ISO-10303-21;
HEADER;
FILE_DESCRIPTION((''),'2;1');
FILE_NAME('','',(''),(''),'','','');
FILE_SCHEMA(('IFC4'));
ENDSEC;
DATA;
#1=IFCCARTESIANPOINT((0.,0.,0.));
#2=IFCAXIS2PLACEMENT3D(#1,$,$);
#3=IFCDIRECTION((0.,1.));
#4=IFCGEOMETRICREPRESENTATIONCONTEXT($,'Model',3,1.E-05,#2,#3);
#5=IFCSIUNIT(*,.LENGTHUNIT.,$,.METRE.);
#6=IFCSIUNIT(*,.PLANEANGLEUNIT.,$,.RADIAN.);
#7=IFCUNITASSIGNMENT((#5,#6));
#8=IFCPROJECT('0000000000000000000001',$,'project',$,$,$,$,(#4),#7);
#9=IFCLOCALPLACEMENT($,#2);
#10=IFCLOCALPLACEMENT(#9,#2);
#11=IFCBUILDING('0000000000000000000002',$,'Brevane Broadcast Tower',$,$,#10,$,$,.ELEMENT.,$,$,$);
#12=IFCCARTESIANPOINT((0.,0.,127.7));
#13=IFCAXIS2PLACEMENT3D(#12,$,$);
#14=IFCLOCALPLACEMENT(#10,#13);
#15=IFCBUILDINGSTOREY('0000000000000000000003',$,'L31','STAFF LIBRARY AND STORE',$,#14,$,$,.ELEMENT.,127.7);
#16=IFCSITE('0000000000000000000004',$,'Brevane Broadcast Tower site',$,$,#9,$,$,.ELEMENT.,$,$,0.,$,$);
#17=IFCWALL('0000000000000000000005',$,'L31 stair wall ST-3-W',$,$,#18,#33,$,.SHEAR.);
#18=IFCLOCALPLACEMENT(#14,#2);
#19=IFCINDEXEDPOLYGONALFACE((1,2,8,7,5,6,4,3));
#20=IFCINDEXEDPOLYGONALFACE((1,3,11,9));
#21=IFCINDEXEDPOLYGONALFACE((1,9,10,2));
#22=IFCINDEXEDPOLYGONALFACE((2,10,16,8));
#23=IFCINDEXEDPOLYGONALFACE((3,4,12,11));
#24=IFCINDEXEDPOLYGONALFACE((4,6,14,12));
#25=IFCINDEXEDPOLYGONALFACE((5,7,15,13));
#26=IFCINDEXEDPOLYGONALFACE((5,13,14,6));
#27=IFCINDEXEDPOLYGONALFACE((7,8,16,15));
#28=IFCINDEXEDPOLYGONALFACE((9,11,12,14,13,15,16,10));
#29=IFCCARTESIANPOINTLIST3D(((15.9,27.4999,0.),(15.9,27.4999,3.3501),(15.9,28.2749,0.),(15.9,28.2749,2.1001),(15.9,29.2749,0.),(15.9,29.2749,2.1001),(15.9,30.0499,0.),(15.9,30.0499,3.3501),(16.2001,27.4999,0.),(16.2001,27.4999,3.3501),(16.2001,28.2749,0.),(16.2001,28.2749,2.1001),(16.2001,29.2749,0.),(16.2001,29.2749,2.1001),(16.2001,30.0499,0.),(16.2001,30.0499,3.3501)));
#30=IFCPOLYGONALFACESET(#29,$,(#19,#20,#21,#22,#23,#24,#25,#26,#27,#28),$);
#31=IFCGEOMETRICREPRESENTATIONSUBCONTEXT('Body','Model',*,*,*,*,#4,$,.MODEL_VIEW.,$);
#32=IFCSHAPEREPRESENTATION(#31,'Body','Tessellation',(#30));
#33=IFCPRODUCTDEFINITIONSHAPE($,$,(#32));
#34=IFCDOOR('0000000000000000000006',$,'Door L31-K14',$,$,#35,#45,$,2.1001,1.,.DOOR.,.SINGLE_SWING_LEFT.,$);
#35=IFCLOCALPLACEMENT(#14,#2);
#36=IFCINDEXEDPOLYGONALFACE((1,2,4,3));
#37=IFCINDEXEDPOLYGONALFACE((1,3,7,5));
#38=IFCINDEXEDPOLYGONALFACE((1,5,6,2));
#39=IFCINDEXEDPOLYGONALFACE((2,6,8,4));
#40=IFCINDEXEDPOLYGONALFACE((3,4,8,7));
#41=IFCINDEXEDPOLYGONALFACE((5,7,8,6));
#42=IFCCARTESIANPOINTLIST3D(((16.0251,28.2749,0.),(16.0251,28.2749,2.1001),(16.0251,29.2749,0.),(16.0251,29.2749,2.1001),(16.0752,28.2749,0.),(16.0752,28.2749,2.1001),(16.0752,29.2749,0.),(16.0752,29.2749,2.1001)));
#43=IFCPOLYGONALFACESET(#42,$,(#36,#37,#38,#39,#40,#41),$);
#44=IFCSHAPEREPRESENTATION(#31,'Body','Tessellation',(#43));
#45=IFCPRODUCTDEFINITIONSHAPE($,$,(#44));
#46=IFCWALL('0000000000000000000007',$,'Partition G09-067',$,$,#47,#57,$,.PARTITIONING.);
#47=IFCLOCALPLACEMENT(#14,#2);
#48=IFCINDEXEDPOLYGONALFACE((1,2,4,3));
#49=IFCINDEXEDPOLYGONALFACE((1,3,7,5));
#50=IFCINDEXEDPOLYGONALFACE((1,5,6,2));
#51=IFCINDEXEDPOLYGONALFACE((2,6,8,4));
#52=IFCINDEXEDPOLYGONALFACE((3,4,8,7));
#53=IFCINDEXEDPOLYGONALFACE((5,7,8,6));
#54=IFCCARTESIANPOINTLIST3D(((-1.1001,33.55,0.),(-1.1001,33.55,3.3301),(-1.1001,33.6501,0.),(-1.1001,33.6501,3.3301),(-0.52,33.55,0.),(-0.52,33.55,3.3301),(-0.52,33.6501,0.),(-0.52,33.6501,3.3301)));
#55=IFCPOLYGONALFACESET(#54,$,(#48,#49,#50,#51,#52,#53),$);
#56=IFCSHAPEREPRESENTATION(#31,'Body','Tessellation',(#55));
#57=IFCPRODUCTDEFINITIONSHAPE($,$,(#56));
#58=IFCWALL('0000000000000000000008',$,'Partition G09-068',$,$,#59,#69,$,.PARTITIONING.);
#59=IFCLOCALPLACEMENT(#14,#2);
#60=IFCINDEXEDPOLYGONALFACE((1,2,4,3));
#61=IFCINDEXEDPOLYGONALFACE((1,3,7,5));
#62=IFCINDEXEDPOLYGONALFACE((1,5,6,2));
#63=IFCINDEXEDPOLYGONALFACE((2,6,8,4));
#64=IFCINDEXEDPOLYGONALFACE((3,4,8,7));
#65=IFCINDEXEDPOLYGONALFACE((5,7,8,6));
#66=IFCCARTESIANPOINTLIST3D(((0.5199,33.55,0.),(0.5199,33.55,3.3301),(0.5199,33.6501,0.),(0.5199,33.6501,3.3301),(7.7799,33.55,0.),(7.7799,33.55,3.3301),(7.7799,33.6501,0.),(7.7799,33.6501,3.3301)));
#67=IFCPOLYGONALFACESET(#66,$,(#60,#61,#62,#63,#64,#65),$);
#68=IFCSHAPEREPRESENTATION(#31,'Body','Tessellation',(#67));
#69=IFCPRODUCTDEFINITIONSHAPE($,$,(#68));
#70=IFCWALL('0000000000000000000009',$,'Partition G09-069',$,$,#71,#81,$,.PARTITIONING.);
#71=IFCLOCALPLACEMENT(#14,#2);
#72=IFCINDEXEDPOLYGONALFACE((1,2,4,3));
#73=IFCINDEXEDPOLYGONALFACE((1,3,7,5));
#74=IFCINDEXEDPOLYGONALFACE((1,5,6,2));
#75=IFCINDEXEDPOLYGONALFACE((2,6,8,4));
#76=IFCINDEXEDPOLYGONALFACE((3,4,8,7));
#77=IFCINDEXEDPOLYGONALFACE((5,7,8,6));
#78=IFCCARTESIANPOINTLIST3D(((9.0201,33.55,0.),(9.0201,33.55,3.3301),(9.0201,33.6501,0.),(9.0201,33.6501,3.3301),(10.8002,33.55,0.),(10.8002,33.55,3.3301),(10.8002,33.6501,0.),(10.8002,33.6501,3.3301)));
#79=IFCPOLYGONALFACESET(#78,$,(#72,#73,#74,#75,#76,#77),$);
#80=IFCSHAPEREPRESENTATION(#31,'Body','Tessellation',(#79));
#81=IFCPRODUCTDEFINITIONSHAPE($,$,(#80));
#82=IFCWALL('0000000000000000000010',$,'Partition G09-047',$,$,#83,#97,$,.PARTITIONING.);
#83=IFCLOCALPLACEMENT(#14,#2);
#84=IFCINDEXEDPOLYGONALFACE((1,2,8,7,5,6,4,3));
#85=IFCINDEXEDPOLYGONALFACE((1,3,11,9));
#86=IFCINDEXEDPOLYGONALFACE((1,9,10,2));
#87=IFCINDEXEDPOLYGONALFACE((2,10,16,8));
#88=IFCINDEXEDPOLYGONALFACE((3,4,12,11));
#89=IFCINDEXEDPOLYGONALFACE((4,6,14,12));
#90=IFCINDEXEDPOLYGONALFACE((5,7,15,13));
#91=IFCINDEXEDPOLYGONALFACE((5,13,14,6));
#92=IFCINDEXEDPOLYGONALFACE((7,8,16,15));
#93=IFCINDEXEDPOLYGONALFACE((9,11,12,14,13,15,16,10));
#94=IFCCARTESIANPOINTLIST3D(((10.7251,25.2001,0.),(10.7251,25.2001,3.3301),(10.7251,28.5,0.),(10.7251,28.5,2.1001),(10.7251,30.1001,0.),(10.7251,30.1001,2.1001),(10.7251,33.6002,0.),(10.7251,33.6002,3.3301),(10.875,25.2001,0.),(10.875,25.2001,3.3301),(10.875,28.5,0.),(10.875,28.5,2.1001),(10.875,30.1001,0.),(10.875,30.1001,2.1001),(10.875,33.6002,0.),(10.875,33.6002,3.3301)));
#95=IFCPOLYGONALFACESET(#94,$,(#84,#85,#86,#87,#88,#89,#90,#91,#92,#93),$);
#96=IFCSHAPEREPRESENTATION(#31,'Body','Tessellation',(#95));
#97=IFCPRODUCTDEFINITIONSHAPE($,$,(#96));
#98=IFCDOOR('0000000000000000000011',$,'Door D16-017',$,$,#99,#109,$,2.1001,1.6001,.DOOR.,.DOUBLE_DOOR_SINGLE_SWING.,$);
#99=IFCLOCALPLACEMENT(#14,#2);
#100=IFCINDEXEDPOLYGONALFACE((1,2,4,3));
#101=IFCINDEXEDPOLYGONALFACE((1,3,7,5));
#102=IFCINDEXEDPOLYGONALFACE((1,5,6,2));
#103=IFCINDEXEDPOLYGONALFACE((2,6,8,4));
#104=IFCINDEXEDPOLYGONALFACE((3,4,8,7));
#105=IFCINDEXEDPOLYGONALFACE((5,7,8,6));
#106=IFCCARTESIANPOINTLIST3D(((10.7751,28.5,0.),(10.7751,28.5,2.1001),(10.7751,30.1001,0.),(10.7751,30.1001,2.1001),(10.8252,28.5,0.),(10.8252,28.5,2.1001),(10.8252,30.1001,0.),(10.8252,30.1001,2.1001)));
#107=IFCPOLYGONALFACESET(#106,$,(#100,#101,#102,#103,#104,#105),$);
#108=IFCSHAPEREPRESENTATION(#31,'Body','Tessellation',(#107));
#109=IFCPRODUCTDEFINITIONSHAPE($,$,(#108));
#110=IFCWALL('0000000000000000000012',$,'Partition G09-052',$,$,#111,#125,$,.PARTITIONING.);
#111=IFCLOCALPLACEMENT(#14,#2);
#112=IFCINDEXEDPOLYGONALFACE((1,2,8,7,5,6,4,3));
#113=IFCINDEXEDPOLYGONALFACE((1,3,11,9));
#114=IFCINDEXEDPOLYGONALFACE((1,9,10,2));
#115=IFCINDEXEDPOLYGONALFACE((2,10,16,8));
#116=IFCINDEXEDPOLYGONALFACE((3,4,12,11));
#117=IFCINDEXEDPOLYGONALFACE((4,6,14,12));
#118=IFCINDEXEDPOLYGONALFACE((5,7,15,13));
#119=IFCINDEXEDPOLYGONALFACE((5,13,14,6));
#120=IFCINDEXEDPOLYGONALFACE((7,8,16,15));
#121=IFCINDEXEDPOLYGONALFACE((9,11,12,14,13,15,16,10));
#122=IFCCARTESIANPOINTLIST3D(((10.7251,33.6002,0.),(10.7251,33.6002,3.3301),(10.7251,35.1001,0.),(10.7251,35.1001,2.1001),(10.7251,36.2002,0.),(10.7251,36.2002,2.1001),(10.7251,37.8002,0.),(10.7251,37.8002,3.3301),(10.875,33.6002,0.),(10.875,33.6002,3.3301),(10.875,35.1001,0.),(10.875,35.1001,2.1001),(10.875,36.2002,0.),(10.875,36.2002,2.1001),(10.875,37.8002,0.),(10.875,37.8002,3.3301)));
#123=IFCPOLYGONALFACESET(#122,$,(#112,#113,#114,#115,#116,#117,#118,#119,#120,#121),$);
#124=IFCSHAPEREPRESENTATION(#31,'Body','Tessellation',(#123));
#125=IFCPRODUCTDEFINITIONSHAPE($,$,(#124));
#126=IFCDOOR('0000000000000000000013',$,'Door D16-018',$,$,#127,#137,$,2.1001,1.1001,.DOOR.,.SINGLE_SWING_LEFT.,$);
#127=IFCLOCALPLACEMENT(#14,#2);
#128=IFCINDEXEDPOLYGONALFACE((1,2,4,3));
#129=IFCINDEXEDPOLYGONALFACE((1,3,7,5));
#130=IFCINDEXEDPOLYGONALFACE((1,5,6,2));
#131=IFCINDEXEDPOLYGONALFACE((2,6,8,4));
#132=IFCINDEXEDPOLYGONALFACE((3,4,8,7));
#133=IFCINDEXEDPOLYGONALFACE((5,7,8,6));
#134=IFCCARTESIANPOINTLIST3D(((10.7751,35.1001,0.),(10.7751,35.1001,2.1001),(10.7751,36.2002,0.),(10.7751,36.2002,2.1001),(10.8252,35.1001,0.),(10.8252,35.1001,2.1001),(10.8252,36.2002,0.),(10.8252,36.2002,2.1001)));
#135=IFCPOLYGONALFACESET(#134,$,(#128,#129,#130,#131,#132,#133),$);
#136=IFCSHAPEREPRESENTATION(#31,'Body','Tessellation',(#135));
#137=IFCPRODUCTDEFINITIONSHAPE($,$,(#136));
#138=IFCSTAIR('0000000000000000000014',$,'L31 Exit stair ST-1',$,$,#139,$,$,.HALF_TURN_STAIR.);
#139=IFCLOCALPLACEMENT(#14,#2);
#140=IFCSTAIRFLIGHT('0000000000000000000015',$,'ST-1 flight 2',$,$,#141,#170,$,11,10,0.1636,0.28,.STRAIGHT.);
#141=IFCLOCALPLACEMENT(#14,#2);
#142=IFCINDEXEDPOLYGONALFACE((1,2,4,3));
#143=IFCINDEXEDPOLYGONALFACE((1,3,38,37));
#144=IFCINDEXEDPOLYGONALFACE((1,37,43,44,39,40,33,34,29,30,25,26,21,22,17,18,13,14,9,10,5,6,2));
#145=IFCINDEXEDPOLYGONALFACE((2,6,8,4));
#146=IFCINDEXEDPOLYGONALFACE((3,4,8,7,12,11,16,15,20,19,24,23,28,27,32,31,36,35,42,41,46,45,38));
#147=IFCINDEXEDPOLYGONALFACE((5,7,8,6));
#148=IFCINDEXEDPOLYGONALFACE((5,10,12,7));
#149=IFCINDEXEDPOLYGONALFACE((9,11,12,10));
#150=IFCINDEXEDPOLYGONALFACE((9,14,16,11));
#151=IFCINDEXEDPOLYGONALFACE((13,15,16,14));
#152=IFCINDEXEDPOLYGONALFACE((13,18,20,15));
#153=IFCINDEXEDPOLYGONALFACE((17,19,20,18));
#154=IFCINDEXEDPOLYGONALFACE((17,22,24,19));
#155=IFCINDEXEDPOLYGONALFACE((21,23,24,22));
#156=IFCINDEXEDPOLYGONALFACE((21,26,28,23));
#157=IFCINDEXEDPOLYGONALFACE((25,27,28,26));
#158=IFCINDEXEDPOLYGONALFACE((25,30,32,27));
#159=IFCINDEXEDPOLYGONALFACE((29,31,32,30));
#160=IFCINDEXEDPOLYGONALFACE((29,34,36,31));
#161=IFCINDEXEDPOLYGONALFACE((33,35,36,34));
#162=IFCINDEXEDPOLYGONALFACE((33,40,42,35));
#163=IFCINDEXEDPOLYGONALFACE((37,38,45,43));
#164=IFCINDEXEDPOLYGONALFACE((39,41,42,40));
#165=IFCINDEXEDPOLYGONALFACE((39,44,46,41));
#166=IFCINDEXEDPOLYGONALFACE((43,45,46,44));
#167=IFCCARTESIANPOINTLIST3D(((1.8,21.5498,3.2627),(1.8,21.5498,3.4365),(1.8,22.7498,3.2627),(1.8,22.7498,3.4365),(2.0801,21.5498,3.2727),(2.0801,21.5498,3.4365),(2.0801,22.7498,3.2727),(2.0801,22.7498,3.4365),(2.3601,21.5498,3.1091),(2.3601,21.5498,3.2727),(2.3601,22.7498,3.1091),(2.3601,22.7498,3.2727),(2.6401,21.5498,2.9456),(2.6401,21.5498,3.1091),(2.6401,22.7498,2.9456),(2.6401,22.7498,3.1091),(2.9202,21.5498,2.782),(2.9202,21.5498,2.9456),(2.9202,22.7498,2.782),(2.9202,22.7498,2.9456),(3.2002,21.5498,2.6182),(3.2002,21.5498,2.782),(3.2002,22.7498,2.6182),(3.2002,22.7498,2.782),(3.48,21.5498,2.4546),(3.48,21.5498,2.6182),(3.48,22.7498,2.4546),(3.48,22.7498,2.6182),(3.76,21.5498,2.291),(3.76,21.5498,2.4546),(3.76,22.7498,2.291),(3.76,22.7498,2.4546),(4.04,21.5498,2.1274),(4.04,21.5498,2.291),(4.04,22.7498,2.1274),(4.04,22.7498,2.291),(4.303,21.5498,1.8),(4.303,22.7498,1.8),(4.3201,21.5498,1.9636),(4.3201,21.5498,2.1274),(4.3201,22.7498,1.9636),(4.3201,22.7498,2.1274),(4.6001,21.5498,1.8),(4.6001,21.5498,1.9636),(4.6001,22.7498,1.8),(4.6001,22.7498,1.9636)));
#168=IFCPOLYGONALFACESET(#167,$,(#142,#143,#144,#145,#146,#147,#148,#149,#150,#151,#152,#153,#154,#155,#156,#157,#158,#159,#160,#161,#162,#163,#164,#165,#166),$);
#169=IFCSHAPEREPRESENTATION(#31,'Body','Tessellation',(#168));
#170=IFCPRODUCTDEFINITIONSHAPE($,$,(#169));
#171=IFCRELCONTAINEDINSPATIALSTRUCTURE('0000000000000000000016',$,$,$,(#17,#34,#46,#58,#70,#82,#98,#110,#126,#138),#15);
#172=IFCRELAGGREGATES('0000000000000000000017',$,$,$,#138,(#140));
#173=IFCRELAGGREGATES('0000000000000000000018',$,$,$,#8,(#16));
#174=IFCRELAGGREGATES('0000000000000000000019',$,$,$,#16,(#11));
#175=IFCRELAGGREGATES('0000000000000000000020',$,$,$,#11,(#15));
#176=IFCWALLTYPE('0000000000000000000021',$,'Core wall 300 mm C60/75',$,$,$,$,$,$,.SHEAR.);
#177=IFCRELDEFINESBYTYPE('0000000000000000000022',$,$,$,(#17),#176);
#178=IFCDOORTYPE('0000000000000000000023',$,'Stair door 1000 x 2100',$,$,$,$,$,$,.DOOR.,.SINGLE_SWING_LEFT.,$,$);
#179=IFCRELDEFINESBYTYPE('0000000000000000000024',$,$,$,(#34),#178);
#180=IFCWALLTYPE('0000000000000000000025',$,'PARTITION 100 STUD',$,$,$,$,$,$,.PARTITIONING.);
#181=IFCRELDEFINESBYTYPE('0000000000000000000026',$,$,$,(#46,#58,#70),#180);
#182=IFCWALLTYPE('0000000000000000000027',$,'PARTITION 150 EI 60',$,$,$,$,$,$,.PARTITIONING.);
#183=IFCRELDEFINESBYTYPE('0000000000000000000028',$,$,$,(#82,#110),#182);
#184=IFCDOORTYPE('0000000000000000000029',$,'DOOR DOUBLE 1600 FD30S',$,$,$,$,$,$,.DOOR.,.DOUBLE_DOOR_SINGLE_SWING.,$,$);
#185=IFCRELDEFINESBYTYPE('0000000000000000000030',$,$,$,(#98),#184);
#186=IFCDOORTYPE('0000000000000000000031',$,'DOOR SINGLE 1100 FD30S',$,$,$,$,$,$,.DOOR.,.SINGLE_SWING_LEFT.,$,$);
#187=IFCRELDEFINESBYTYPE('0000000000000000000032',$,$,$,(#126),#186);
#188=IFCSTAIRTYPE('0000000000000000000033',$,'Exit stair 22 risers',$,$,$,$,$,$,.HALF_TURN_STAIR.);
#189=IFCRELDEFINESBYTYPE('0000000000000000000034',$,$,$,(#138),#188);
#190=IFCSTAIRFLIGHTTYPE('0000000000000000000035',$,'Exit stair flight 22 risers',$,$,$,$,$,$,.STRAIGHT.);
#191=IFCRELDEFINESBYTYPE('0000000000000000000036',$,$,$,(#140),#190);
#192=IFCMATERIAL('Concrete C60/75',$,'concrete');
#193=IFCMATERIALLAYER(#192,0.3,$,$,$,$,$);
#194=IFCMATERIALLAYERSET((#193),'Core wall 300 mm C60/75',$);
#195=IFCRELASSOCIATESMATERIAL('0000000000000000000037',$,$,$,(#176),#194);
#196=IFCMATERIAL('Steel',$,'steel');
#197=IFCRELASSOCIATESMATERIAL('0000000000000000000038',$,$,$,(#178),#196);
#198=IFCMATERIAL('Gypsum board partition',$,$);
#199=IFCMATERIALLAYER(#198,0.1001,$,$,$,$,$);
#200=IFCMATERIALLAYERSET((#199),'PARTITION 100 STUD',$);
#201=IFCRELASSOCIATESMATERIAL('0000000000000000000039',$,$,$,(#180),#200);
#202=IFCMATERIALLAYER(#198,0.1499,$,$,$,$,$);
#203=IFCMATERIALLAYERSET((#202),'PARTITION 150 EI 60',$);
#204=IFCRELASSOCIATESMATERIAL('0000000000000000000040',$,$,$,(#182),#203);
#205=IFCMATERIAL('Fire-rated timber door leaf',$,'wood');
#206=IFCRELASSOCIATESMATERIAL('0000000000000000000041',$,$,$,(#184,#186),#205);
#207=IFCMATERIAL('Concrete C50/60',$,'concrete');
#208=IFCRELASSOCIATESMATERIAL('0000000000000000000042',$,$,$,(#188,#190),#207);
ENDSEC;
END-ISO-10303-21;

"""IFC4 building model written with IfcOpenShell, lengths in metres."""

from ifc_helpers import new_model, si_unit, direction, frame, frame_2d, origin, place, context, subcontext, project, spatial, polyline, rectangle, outline, extrude, material, layer, layer_set, type_object, element, fill, aggregate, save


model = new_model("IFC4")

# Units and contexts
model_context = context("Model", 3, precision=1e-05, world=origin(), true_north=direction((0.0, 1.0)))
body_context = subcontext(model_context, "Body", "Model", "MODEL_VIEW")
ifc_project = project(units=[si_unit("LENGTHUNIT", "METRE"), si_unit("PLANEANGLEUNIT", "RADIAN")], contexts=[model_context])

# Site, building, storey
site_placement = place(None, origin())
site = spatial("IfcSite", under=ifc_project, at=site_placement, Name="Brevane Broadcast Tower site", CompositionType="ELEMENT", RefElevation=0.0)
building_placement = place(site_placement, origin())
building = spatial("IfcBuilding", under=site, at=building_placement, Name="Brevane Broadcast Tower", CompositionType="ELEMENT")
storey_placement = place(building_placement, frame((0.0, 0.0, 127.7)))
storey = spatial("IfcBuildingStorey", under=building, at=storey_placement, Name="L31", Description="STAFF LIBRARY AND STORE", CompositionType="ELEMENT", Elevation=127.7)

# Shared definitions
ifc_material_1 = material(Name="Concrete C60/75", Category="concrete")

# Shared definitions
ifc_layer_1 = layer(ifc_material_1, 0.3)
ifc_layer_set_1 = layer_set([ifc_layer_1], Name="Core wall 300 mm C60/75")
wall_type_1 = type_object("IfcWallType", Name="Core wall 300 mm C60/75", PredefinedType="SHEAR", material=ifc_layer_set_1)
ifc_material_2 = material(Name="Steel", Category="steel")
door_type_1 = type_object("IfcDoorType", Name="Stair door 1000 x 2100", OperationType="SINGLE_SWING_LEFT", PredefinedType="DOOR", material=ifc_material_2)

# Wall, opening, door
wall_1_placement = place(storey_placement, frame((16.05, 27.5, 0.0), z_axis=(0.0, 0.0, 1.0), x_axis=(0.0, 1.0, 0.0)))
wall_1 = element("IfcWall", 1, at=wall_1_placement, inside=storey, type_object=wall_type_1, Name="L31 stair wall ST-3-W", PredefinedType="SHEAR", context=body_context, shape_type="SweptSolid", body=[
    extrude(rectangle(XDim=2.55, YDim=0.3, at=frame_2d((1.2749, 0.0))), origin(), (0.0, 0.0, 1.0), 3.3501),
])
opening_1_placement = place(wall_1_placement, frame((0.7749, 0.0, 0.0)))
opening_1 = element("IfcOpeningElement", 2, at=opening_1_placement, cuts=wall_1, PredefinedType="OPENING", context=body_context, shape_type="SweptSolid", body=[
    extrude(rectangle(XDim=1.0, YDim=2.1001, at=frame_2d((0.5, 1.05))), frame((0.0, 0.1599, 0.0), z_axis=(0.0, -1.0, 0.0), x_axis=(1.0, 0.0, 0.0)), (0.0, 0.0, 1.0), 0.3201),
])
door_1_placement = place(opening_1_placement, origin())
door_1 = element("IfcDoor", 3, at=door_1_placement, inside=storey, type_object=door_type_1, Name="Door L31-K14", OperationType="SINGLE_SWING_LEFT", OverallHeight=2.1001, OverallWidth=1.0, PredefinedType="DOOR", context=body_context, shape_type="SweptSolid", body=[
    extrude(rectangle(XDim=1.0, YDim=2.1001, at=frame_2d((0.5, 1.05))), frame((0.0, 0.0249, 0.0), z_axis=(0.0, -1.0, 0.0), x_axis=(1.0, 0.0, 0.0)), (0.0, 0.0, 1.0), 0.05),
])
fill(opening_1, door_1)

# Walls
ifc_material_3 = material(Name="Gypsum board partition")
ifc_layer_2 = layer(ifc_material_3, 0.1001)
ifc_layer_set_2 = layer_set([ifc_layer_2], Name="PARTITION 100 STUD")
wall_type_2 = type_object("IfcWallType", Name="PARTITION 100 STUD", PredefinedType="PARTITIONING", material=ifc_layer_set_2)
wall_2_placement = place(storey_placement, frame((-1.1001, 33.6001, 0.0), z_axis=(0.0, 0.0, 1.0), x_axis=(1.0, 0.0, 0.0)))
element("IfcWall", 4, at=wall_2_placement, inside=storey, type_object=wall_type_2, Name="Partition G09-067", PredefinedType="PARTITIONING", context=body_context, shape_type="SweptSolid", body=[
    extrude(rectangle(XDim=0.5801, YDim=0.1001, at=frame_2d((0.29, 0.0))), origin(), (0.0, 0.0, 1.0), 3.3301),
])
wall_3_placement = place(storey_placement, frame((0.52, 33.6001, 0.0), z_axis=(0.0, 0.0, 1.0), x_axis=(1.0, 0.0, 0.0)))
element("IfcWall", 5, at=wall_3_placement, inside=storey, type_object=wall_type_2, Name="Partition G09-068", PredefinedType="PARTITIONING", context=body_context, shape_type="SweptSolid", body=[
    extrude(rectangle(XDim=7.26, YDim=0.1001, at=frame_2d((3.6299, 0.0))), origin(), (0.0, 0.0, 1.0), 3.3301),
])
wall_4_placement = place(storey_placement, frame((9.02, 33.6001, 0.0), z_axis=(0.0, 0.0, 1.0), x_axis=(1.0, 0.0, 0.0)))
element("IfcWall", 6, at=wall_4_placement, inside=storey, type_object=wall_type_2, Name="Partition G09-069", PredefinedType="PARTITIONING", context=body_context, shape_type="SweptSolid", body=[
    extrude(rectangle(XDim=1.78, YDim=0.1001, at=frame_2d((0.8901, 0.0))), origin(), (0.0, 0.0, 1.0), 3.3301),
])

# Walls, openings, doors
ifc_layer_3 = layer(ifc_material_3, 0.1499)
ifc_layer_set_3 = layer_set([ifc_layer_3], Name="PARTITION 150 EI 60")
wall_type_3 = type_object("IfcWallType", Name="PARTITION 150 EI 60", PredefinedType="PARTITIONING", material=ifc_layer_set_3)
wall_5_placement = place(storey_placement, frame((10.8, 25.2, 0.0), z_axis=(0.0, 0.0, 1.0), x_axis=(0.0, 1.0, 0.0)))
wall_5 = element("IfcWall", 7, at=wall_5_placement, inside=storey, type_object=wall_type_3, Name="Partition G09-047", PredefinedType="PARTITIONING", context=body_context, shape_type="SweptSolid", body=[
    extrude(rectangle(XDim=8.4001, YDim=0.1499, at=frame_2d((4.2002, 0.0))), origin(), (0.0, 0.0, 1.0), 3.3301),
])
opening_2_placement = place(wall_5_placement, frame((3.3, 0.0, 0.0)))
opening_2 = element("IfcOpeningElement", 8, at=opening_2_placement, cuts=wall_5, PredefinedType="OPENING", context=body_context, shape_type="SweptSolid", body=[
    extrude(rectangle(XDim=1.6001, YDim=2.1001, at=frame_2d((0.8, 1.05))), frame((0.0, 0.085, 0.0), z_axis=(0.0, -1.0, 0.0), x_axis=(1.0, 0.0, 0.0)), (0.0, 0.0, 1.0), 0.1699),
])
ifc_material_4 = material(Name="Fire-rated timber door leaf", Category="wood")
door_type_2 = type_object("IfcDoorType", Name="DOOR DOUBLE 1600 FD30S", OperationType="DOUBLE_DOOR_SINGLE_SWING", PredefinedType="DOOR", material=ifc_material_4)
door_2_placement = place(opening_2_placement, origin())
door_2 = element("IfcDoor", 9, at=door_2_placement, inside=storey, type_object=door_type_2, Name="Door D16-017", OperationType="DOUBLE_DOOR_SINGLE_SWING", OverallHeight=2.1001, OverallWidth=1.6001, PredefinedType="DOOR", context=body_context, shape_type="SweptSolid", body=[
    extrude(rectangle(XDim=1.6001, YDim=2.1001, at=frame_2d((0.8, 1.05))), frame((0.0, 0.0249, 0.0), z_axis=(0.0, -1.0, 0.0), x_axis=(1.0, 0.0, 0.0)), (0.0, 0.0, 1.0), 0.05),
])
fill(opening_2, door_2)
wall_6_placement = place(storey_placement, frame((10.8, 33.6001, 0.0), z_axis=(0.0, 0.0, 1.0), x_axis=(0.0, 1.0, 0.0)))
wall_6 = element("IfcWall", 10, at=wall_6_placement, inside=storey, type_object=wall_type_3, Name="Partition G09-052", PredefinedType="PARTITIONING", context=body_context, shape_type="SweptSolid", body=[
    extrude(rectangle(XDim=4.2, YDim=0.1499, at=frame_2d((2.1001, 0.0))), origin(), (0.0, 0.0, 1.0), 3.3301),
])
opening_3_placement = place(wall_6_placement, frame((1.5, 0.0, 0.0)))
opening_3 = element("IfcOpeningElement", 11, at=opening_3_placement, cuts=wall_6, PredefinedType="OPENING", context=body_context, shape_type="SweptSolid", body=[
    extrude(rectangle(XDim=1.1001, YDim=2.1001, at=frame_2d((0.55, 1.05))), frame((0.0, 0.085, 0.0), z_axis=(0.0, -1.0, 0.0), x_axis=(1.0, 0.0, 0.0)), (0.0, 0.0, 1.0), 0.1699),
])
door_type_3 = type_object("IfcDoorType", Name="DOOR SINGLE 1100 FD30S", OperationType="SINGLE_SWING_LEFT", PredefinedType="DOOR", material=ifc_material_4)
door_3_placement = place(opening_3_placement, origin())
door_3 = element("IfcDoor", 12, at=door_3_placement, inside=storey, type_object=door_type_3, Name="Door D16-018", OperationType="SINGLE_SWING_LEFT", OverallHeight=2.1001, OverallWidth=1.1001, PredefinedType="DOOR", context=body_context, shape_type="SweptSolid", body=[
    extrude(rectangle(XDim=1.1001, YDim=2.1001, at=frame_2d((0.55, 1.05))), frame((0.0, 0.0249, 0.0), z_axis=(0.0, -1.0, 0.0), x_axis=(1.0, 0.0, 0.0)), (0.0, 0.0, 1.0), 0.05),
])
fill(opening_3, door_3)

# Stair, stair flight
ifc_material_5 = material(Name="Concrete C50/60", Category="concrete")
stair_type = type_object("IfcStairType", Name="Exit stair 22 risers", PredefinedType="HALF_TURN_STAIR", material=ifc_material_5)
stair_1_placement = place(storey_placement, origin())
stair_1 = element("IfcStair", 13, at=stair_1_placement, inside=storey, type_object=stair_type, Name="L31 Exit stair ST-1", PredefinedType="HALF_TURN_STAIR")
stair_flight_type = type_object("IfcStairFlightType", Name="Exit stair flight 22 risers", PredefinedType="STRAIGHT", material=ifc_material_5)
stair_flight_1_placement = place(storey_placement, frame((4.6001, 22.1499, 1.8), z_axis=(0.0, 0.0, 1.0), x_axis=(-1.0, 0.0, 0.0)))
stair_flight_1 = element("IfcStairFlight", 14, at=stair_flight_1_placement, type_object=stair_flight_type, Name="ST-1 flight 2", NumberOfRisers=11, NumberOfTreads=10, PredefinedType="STRAIGHT", RiserHeight=0.1636, TreadLength=0.28, context=body_context, shape_type="SweptSolid", body=[
    extrude(outline(polyline([(0.0, 0.0), (0.0, 0.1636), (0.28, 0.1636), (0.28, 0.3274), (0.5601, 0.3274), (0.5601, 0.491), (0.8401, 0.491), (0.8401, 0.6545), (1.1201, 0.6545), (1.1201, 0.8181), (1.3999, 0.8181), (1.3999, 0.9819), (1.6799, 0.9819), (1.6799, 1.1455), (1.96, 1.1455), (1.96, 1.3091), (2.24, 1.3091), (2.24, 1.4727), (2.52, 1.4727), (2.52, 1.6365), (2.8, 1.6365), (2.8, 1.8), (2.8, 1.4626), (0.2971, 0.0), (0.0, 0.0)])), frame((0.0, 0.6001, 0.0), z_axis=(0.0, -1.0, 0.0), x_axis=(1.0, 0.0, 0.0)), (0.0, 0.0, 1.0), 1.2),
])
aggregate(stair_1, [stair_flight_1])

save(model, "model.ifc")
